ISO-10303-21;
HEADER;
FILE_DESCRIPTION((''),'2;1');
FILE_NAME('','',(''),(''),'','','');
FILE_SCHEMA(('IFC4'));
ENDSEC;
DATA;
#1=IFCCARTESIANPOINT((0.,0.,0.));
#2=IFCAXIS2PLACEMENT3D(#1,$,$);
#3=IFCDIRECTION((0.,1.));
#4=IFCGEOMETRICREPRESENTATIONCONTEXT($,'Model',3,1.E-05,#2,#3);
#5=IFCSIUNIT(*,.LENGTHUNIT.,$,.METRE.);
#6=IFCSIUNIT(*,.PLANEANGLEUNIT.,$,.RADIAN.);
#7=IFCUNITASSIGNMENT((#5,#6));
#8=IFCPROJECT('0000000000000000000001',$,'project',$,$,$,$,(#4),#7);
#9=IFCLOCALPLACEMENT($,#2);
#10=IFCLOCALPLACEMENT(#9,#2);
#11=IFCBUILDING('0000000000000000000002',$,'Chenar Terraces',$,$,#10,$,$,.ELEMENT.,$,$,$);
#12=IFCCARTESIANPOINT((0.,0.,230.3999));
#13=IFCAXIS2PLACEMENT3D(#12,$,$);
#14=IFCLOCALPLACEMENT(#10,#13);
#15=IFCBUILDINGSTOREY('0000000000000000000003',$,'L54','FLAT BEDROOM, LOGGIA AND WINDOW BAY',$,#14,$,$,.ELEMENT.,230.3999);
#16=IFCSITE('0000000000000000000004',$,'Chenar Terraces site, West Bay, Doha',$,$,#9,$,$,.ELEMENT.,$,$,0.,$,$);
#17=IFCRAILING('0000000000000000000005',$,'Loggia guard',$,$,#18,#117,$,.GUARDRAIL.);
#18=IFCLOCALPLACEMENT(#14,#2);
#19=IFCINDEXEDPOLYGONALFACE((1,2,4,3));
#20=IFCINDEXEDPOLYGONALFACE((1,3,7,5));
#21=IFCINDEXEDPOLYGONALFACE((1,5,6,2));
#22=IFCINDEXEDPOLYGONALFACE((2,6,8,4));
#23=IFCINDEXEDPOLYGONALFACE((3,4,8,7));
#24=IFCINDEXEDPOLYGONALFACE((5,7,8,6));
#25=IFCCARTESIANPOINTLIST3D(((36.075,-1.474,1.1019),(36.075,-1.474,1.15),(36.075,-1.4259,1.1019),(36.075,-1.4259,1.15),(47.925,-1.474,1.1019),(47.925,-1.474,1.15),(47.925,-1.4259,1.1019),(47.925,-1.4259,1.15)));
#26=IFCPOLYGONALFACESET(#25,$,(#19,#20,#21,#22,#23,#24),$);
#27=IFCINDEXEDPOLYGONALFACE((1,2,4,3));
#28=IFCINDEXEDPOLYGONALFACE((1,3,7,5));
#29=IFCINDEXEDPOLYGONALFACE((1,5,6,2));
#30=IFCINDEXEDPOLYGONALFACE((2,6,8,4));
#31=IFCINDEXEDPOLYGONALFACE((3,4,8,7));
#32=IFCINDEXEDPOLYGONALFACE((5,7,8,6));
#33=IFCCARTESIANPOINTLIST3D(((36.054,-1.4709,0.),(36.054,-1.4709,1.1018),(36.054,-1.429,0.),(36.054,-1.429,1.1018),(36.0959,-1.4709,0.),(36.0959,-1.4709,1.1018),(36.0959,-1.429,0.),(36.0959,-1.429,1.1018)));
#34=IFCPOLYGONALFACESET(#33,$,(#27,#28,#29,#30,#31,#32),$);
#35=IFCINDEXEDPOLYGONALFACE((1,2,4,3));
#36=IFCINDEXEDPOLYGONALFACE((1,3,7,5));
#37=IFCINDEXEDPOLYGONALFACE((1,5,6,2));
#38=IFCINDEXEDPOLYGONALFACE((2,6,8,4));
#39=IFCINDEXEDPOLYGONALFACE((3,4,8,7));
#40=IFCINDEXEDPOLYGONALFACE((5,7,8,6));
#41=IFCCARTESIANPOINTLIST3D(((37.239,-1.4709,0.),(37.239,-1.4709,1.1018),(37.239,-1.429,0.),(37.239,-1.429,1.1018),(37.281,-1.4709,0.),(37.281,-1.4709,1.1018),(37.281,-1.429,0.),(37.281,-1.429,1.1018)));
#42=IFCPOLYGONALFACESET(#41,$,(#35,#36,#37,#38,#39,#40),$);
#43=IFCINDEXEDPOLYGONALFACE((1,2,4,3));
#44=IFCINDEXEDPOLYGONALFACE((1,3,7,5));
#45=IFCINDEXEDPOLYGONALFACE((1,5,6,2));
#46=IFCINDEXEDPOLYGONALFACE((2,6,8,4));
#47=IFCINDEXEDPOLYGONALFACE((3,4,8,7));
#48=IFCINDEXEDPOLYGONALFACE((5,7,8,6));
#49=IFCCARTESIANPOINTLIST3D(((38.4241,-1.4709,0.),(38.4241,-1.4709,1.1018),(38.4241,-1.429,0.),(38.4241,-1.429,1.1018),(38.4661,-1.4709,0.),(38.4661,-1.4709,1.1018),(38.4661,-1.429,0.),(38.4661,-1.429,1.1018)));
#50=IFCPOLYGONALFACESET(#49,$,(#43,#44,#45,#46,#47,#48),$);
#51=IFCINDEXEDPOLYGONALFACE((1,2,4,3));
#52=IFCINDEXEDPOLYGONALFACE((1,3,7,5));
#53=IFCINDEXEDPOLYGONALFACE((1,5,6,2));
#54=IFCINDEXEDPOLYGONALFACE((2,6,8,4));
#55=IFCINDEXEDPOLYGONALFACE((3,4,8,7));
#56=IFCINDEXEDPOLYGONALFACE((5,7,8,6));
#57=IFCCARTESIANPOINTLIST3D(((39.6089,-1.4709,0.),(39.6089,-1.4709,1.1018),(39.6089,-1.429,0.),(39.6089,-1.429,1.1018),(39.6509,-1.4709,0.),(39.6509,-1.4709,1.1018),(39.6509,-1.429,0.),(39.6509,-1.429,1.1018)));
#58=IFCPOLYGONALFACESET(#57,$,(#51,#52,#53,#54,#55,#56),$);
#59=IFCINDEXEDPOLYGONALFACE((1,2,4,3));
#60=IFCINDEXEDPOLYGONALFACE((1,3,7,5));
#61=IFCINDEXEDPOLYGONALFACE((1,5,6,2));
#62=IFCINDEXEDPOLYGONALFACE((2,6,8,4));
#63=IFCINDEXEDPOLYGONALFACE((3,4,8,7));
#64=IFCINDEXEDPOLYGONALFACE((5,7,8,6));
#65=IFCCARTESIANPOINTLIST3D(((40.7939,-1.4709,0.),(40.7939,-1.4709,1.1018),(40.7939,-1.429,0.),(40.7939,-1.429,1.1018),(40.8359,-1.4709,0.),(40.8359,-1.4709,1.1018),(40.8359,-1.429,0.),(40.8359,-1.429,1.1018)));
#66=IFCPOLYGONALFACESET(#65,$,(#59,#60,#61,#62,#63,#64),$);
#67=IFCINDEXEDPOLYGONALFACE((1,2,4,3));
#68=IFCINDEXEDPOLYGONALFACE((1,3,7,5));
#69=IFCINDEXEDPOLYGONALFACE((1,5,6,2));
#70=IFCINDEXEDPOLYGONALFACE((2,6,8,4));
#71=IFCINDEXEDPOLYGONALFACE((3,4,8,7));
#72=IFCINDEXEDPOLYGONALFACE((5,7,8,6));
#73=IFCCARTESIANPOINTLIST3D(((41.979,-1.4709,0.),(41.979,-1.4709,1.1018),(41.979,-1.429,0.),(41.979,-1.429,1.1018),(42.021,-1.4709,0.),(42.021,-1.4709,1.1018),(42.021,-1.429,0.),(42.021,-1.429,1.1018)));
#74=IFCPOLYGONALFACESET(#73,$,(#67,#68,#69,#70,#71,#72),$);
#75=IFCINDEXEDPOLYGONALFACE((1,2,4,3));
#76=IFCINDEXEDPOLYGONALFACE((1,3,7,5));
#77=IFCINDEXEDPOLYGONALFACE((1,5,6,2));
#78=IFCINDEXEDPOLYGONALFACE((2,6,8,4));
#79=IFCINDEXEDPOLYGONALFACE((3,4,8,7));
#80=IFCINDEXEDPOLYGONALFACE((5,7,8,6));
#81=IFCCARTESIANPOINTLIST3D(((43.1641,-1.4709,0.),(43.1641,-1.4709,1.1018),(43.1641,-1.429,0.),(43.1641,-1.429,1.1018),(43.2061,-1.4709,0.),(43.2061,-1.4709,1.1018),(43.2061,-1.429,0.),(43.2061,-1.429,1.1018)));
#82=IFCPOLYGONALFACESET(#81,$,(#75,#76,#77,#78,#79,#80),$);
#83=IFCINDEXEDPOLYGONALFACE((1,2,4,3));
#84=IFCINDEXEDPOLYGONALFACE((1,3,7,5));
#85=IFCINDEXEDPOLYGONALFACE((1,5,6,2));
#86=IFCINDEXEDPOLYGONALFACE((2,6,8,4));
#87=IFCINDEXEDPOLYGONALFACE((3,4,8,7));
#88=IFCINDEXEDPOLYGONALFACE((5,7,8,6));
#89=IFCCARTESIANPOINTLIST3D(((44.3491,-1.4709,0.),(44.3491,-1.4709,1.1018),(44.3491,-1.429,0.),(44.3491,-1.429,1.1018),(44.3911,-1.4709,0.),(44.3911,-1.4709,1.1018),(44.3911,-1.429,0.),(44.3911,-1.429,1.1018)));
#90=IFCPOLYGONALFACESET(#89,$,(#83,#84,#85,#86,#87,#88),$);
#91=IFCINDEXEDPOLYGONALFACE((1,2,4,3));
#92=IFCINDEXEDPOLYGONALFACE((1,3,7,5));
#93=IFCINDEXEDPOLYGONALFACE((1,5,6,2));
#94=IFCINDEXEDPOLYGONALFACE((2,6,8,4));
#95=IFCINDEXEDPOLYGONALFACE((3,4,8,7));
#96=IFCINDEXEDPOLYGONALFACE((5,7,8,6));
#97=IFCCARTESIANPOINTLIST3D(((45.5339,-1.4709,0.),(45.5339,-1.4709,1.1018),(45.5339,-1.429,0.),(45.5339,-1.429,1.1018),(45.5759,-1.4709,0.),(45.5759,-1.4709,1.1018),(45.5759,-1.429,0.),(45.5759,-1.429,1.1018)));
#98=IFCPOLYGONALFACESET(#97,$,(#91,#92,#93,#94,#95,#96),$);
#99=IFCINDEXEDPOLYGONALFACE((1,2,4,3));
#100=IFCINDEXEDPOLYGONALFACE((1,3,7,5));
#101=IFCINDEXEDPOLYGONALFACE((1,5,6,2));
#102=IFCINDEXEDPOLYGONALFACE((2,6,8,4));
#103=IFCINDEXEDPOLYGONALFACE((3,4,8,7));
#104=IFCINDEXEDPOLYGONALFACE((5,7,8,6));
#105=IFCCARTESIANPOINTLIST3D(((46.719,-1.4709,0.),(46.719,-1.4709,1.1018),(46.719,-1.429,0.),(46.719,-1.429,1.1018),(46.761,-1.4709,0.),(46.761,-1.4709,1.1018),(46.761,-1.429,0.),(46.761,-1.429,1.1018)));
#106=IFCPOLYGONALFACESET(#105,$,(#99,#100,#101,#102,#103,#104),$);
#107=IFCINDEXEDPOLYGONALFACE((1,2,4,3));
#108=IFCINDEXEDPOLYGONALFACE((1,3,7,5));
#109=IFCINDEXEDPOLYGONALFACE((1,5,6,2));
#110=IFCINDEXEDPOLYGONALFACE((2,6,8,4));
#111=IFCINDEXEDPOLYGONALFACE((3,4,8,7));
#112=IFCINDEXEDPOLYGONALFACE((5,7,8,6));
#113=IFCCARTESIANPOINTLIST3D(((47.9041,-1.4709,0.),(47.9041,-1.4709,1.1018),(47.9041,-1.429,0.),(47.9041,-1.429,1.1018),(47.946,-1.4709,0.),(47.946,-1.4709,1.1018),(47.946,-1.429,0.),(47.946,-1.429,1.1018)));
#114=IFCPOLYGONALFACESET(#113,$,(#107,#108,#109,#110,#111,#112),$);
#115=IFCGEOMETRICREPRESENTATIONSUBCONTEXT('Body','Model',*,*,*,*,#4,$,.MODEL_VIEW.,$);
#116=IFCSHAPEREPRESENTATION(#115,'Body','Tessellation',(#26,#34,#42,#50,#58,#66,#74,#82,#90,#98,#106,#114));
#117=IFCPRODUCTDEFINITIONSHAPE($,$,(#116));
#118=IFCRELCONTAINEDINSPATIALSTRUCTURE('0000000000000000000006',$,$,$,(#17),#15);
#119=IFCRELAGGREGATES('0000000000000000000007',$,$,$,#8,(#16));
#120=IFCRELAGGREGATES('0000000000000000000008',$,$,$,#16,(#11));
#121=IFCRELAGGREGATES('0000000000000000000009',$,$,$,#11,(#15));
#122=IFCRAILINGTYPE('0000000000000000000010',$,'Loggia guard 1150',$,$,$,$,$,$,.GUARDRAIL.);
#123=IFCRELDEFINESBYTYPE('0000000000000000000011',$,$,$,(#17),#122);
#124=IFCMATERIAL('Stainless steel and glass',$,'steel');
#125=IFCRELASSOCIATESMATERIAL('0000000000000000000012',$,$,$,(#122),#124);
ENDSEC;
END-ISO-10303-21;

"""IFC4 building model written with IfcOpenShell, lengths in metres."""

from ifc_helpers import new_model, si_unit, direction, frame, origin, origin_2d, place, context, subcontext, project, spatial, rectangle, extrude, material, type_object, element, save


model = new_model("IFC4")

# Units and contexts
model_context = context("Model", 3, precision=1e-05, world=origin(), true_north=direction((0.0, 1.0)))
body_context = subcontext(model_context, "Body", "Model", "MODEL_VIEW")
ifc_project = project(units=[si_unit("LENGTHUNIT", "METRE"), si_unit("PLANEANGLEUNIT", "RADIAN")], contexts=[model_context])

# Site, building, storey
site_placement = place(None, origin())
site = spatial("IfcSite", under=ifc_project, at=site_placement, Name="Chenar Terraces site, West Bay, Doha", CompositionType="ELEMENT", RefElevation=0.0)
building_placement = place(site_placement, origin())
building = spatial("IfcBuilding", under=site, at=building_placement, Name="Chenar Terraces", CompositionType="ELEMENT")
storey_placement = place(building_placement, frame((0.0, 0.0, 230.3999)))
storey = spatial("IfcBuildingStorey", under=building, at=storey_placement, Name="L54", Description="FLAT BEDROOM, LOGGIA AND WINDOW BAY", CompositionType="ELEMENT", Elevation=230.3999)

# Railing
ifc_material_1 = material(Name="Stainless steel and glass", Category="steel")
railing_type = type_object("IfcRailingType", Name="Loggia guard 1150", PredefinedType="GUARDRAIL", material=ifc_material_1)
railing_placement = place(storey_placement, frame((36.075, -1.45, 0.0)))
element("IfcRailing", 1, at=railing_placement, inside=storey, type_object=railing_type, Name="Loggia guard", PredefinedType="GUARDRAIL", context=body_context, shape_type="SweptSolid", body=[
    extrude(rectangle(XDim=0.0481, YDim=0.0481, at=origin_2d()), frame((0.0, 0.0, 1.126), z_axis=(1.0, 0.0, 0.0), x_axis=(0.0, 1.0, 0.0)), (0.0, 0.0, 1.0), 11.8501),
    extrude(rectangle(XDim=0.042, YDim=0.042, at=origin_2d()), origin(), (0.0, 0.0, 1.0), 1.1018),
    extrude(rectangle(XDim=0.042, YDim=0.042, at=origin_2d()), frame((1.1851, 0.0, 0.0)), (0.0, 0.0, 1.0), 1.1018),
    extrude(rectangle(XDim=0.042, YDim=0.042, at=origin_2d()), frame((2.3701, 0.0, 0.0)), (0.0, 0.0, 1.0), 1.1018),
    extrude(rectangle(XDim=0.042, YDim=0.042, at=origin_2d()), frame((3.5549, 0.0, 0.0)), (0.0, 0.0, 1.0), 1.1018),
    extrude(rectangle(XDim=0.042, YDim=0.042, at=origin_2d()), frame((4.74, 0.0, 0.0)), (0.0, 0.0, 1.0), 1.1018),
    extrude(rectangle(XDim=0.042, YDim=0.042, at=origin_2d()), frame((5.925, 0.0, 0.0)), (0.0, 0.0, 1.0), 1.1018),
    extrude(rectangle(XDim=0.042, YDim=0.042, at=origin_2d()), frame((7.1101, 0.0, 0.0)), (0.0, 0.0, 1.0), 1.1018),
    extrude(rectangle(XDim=0.042, YDim=0.042, at=origin_2d()), frame((8.2952, 0.0, 0.0)), (0.0, 0.0, 1.0), 1.1018),
    extrude(rectangle(XDim=0.042, YDim=0.042, at=origin_2d()), frame((9.48, 0.0, 0.0)), (0.0, 0.0, 1.0), 1.1018),
    extrude(rectangle(XDim=0.042, YDim=0.042, at=origin_2d()), frame((10.665, 0.0, 0.0)), (0.0, 0.0, 1.0), 1.1018),
    extrude(rectangle(XDim=0.042, YDim=0.042, at=origin_2d()), frame((11.8501, 0.0, 0.0)), (0.0, 0.0, 1.0), 1.1018),
])

save(model, "model.ifc")
